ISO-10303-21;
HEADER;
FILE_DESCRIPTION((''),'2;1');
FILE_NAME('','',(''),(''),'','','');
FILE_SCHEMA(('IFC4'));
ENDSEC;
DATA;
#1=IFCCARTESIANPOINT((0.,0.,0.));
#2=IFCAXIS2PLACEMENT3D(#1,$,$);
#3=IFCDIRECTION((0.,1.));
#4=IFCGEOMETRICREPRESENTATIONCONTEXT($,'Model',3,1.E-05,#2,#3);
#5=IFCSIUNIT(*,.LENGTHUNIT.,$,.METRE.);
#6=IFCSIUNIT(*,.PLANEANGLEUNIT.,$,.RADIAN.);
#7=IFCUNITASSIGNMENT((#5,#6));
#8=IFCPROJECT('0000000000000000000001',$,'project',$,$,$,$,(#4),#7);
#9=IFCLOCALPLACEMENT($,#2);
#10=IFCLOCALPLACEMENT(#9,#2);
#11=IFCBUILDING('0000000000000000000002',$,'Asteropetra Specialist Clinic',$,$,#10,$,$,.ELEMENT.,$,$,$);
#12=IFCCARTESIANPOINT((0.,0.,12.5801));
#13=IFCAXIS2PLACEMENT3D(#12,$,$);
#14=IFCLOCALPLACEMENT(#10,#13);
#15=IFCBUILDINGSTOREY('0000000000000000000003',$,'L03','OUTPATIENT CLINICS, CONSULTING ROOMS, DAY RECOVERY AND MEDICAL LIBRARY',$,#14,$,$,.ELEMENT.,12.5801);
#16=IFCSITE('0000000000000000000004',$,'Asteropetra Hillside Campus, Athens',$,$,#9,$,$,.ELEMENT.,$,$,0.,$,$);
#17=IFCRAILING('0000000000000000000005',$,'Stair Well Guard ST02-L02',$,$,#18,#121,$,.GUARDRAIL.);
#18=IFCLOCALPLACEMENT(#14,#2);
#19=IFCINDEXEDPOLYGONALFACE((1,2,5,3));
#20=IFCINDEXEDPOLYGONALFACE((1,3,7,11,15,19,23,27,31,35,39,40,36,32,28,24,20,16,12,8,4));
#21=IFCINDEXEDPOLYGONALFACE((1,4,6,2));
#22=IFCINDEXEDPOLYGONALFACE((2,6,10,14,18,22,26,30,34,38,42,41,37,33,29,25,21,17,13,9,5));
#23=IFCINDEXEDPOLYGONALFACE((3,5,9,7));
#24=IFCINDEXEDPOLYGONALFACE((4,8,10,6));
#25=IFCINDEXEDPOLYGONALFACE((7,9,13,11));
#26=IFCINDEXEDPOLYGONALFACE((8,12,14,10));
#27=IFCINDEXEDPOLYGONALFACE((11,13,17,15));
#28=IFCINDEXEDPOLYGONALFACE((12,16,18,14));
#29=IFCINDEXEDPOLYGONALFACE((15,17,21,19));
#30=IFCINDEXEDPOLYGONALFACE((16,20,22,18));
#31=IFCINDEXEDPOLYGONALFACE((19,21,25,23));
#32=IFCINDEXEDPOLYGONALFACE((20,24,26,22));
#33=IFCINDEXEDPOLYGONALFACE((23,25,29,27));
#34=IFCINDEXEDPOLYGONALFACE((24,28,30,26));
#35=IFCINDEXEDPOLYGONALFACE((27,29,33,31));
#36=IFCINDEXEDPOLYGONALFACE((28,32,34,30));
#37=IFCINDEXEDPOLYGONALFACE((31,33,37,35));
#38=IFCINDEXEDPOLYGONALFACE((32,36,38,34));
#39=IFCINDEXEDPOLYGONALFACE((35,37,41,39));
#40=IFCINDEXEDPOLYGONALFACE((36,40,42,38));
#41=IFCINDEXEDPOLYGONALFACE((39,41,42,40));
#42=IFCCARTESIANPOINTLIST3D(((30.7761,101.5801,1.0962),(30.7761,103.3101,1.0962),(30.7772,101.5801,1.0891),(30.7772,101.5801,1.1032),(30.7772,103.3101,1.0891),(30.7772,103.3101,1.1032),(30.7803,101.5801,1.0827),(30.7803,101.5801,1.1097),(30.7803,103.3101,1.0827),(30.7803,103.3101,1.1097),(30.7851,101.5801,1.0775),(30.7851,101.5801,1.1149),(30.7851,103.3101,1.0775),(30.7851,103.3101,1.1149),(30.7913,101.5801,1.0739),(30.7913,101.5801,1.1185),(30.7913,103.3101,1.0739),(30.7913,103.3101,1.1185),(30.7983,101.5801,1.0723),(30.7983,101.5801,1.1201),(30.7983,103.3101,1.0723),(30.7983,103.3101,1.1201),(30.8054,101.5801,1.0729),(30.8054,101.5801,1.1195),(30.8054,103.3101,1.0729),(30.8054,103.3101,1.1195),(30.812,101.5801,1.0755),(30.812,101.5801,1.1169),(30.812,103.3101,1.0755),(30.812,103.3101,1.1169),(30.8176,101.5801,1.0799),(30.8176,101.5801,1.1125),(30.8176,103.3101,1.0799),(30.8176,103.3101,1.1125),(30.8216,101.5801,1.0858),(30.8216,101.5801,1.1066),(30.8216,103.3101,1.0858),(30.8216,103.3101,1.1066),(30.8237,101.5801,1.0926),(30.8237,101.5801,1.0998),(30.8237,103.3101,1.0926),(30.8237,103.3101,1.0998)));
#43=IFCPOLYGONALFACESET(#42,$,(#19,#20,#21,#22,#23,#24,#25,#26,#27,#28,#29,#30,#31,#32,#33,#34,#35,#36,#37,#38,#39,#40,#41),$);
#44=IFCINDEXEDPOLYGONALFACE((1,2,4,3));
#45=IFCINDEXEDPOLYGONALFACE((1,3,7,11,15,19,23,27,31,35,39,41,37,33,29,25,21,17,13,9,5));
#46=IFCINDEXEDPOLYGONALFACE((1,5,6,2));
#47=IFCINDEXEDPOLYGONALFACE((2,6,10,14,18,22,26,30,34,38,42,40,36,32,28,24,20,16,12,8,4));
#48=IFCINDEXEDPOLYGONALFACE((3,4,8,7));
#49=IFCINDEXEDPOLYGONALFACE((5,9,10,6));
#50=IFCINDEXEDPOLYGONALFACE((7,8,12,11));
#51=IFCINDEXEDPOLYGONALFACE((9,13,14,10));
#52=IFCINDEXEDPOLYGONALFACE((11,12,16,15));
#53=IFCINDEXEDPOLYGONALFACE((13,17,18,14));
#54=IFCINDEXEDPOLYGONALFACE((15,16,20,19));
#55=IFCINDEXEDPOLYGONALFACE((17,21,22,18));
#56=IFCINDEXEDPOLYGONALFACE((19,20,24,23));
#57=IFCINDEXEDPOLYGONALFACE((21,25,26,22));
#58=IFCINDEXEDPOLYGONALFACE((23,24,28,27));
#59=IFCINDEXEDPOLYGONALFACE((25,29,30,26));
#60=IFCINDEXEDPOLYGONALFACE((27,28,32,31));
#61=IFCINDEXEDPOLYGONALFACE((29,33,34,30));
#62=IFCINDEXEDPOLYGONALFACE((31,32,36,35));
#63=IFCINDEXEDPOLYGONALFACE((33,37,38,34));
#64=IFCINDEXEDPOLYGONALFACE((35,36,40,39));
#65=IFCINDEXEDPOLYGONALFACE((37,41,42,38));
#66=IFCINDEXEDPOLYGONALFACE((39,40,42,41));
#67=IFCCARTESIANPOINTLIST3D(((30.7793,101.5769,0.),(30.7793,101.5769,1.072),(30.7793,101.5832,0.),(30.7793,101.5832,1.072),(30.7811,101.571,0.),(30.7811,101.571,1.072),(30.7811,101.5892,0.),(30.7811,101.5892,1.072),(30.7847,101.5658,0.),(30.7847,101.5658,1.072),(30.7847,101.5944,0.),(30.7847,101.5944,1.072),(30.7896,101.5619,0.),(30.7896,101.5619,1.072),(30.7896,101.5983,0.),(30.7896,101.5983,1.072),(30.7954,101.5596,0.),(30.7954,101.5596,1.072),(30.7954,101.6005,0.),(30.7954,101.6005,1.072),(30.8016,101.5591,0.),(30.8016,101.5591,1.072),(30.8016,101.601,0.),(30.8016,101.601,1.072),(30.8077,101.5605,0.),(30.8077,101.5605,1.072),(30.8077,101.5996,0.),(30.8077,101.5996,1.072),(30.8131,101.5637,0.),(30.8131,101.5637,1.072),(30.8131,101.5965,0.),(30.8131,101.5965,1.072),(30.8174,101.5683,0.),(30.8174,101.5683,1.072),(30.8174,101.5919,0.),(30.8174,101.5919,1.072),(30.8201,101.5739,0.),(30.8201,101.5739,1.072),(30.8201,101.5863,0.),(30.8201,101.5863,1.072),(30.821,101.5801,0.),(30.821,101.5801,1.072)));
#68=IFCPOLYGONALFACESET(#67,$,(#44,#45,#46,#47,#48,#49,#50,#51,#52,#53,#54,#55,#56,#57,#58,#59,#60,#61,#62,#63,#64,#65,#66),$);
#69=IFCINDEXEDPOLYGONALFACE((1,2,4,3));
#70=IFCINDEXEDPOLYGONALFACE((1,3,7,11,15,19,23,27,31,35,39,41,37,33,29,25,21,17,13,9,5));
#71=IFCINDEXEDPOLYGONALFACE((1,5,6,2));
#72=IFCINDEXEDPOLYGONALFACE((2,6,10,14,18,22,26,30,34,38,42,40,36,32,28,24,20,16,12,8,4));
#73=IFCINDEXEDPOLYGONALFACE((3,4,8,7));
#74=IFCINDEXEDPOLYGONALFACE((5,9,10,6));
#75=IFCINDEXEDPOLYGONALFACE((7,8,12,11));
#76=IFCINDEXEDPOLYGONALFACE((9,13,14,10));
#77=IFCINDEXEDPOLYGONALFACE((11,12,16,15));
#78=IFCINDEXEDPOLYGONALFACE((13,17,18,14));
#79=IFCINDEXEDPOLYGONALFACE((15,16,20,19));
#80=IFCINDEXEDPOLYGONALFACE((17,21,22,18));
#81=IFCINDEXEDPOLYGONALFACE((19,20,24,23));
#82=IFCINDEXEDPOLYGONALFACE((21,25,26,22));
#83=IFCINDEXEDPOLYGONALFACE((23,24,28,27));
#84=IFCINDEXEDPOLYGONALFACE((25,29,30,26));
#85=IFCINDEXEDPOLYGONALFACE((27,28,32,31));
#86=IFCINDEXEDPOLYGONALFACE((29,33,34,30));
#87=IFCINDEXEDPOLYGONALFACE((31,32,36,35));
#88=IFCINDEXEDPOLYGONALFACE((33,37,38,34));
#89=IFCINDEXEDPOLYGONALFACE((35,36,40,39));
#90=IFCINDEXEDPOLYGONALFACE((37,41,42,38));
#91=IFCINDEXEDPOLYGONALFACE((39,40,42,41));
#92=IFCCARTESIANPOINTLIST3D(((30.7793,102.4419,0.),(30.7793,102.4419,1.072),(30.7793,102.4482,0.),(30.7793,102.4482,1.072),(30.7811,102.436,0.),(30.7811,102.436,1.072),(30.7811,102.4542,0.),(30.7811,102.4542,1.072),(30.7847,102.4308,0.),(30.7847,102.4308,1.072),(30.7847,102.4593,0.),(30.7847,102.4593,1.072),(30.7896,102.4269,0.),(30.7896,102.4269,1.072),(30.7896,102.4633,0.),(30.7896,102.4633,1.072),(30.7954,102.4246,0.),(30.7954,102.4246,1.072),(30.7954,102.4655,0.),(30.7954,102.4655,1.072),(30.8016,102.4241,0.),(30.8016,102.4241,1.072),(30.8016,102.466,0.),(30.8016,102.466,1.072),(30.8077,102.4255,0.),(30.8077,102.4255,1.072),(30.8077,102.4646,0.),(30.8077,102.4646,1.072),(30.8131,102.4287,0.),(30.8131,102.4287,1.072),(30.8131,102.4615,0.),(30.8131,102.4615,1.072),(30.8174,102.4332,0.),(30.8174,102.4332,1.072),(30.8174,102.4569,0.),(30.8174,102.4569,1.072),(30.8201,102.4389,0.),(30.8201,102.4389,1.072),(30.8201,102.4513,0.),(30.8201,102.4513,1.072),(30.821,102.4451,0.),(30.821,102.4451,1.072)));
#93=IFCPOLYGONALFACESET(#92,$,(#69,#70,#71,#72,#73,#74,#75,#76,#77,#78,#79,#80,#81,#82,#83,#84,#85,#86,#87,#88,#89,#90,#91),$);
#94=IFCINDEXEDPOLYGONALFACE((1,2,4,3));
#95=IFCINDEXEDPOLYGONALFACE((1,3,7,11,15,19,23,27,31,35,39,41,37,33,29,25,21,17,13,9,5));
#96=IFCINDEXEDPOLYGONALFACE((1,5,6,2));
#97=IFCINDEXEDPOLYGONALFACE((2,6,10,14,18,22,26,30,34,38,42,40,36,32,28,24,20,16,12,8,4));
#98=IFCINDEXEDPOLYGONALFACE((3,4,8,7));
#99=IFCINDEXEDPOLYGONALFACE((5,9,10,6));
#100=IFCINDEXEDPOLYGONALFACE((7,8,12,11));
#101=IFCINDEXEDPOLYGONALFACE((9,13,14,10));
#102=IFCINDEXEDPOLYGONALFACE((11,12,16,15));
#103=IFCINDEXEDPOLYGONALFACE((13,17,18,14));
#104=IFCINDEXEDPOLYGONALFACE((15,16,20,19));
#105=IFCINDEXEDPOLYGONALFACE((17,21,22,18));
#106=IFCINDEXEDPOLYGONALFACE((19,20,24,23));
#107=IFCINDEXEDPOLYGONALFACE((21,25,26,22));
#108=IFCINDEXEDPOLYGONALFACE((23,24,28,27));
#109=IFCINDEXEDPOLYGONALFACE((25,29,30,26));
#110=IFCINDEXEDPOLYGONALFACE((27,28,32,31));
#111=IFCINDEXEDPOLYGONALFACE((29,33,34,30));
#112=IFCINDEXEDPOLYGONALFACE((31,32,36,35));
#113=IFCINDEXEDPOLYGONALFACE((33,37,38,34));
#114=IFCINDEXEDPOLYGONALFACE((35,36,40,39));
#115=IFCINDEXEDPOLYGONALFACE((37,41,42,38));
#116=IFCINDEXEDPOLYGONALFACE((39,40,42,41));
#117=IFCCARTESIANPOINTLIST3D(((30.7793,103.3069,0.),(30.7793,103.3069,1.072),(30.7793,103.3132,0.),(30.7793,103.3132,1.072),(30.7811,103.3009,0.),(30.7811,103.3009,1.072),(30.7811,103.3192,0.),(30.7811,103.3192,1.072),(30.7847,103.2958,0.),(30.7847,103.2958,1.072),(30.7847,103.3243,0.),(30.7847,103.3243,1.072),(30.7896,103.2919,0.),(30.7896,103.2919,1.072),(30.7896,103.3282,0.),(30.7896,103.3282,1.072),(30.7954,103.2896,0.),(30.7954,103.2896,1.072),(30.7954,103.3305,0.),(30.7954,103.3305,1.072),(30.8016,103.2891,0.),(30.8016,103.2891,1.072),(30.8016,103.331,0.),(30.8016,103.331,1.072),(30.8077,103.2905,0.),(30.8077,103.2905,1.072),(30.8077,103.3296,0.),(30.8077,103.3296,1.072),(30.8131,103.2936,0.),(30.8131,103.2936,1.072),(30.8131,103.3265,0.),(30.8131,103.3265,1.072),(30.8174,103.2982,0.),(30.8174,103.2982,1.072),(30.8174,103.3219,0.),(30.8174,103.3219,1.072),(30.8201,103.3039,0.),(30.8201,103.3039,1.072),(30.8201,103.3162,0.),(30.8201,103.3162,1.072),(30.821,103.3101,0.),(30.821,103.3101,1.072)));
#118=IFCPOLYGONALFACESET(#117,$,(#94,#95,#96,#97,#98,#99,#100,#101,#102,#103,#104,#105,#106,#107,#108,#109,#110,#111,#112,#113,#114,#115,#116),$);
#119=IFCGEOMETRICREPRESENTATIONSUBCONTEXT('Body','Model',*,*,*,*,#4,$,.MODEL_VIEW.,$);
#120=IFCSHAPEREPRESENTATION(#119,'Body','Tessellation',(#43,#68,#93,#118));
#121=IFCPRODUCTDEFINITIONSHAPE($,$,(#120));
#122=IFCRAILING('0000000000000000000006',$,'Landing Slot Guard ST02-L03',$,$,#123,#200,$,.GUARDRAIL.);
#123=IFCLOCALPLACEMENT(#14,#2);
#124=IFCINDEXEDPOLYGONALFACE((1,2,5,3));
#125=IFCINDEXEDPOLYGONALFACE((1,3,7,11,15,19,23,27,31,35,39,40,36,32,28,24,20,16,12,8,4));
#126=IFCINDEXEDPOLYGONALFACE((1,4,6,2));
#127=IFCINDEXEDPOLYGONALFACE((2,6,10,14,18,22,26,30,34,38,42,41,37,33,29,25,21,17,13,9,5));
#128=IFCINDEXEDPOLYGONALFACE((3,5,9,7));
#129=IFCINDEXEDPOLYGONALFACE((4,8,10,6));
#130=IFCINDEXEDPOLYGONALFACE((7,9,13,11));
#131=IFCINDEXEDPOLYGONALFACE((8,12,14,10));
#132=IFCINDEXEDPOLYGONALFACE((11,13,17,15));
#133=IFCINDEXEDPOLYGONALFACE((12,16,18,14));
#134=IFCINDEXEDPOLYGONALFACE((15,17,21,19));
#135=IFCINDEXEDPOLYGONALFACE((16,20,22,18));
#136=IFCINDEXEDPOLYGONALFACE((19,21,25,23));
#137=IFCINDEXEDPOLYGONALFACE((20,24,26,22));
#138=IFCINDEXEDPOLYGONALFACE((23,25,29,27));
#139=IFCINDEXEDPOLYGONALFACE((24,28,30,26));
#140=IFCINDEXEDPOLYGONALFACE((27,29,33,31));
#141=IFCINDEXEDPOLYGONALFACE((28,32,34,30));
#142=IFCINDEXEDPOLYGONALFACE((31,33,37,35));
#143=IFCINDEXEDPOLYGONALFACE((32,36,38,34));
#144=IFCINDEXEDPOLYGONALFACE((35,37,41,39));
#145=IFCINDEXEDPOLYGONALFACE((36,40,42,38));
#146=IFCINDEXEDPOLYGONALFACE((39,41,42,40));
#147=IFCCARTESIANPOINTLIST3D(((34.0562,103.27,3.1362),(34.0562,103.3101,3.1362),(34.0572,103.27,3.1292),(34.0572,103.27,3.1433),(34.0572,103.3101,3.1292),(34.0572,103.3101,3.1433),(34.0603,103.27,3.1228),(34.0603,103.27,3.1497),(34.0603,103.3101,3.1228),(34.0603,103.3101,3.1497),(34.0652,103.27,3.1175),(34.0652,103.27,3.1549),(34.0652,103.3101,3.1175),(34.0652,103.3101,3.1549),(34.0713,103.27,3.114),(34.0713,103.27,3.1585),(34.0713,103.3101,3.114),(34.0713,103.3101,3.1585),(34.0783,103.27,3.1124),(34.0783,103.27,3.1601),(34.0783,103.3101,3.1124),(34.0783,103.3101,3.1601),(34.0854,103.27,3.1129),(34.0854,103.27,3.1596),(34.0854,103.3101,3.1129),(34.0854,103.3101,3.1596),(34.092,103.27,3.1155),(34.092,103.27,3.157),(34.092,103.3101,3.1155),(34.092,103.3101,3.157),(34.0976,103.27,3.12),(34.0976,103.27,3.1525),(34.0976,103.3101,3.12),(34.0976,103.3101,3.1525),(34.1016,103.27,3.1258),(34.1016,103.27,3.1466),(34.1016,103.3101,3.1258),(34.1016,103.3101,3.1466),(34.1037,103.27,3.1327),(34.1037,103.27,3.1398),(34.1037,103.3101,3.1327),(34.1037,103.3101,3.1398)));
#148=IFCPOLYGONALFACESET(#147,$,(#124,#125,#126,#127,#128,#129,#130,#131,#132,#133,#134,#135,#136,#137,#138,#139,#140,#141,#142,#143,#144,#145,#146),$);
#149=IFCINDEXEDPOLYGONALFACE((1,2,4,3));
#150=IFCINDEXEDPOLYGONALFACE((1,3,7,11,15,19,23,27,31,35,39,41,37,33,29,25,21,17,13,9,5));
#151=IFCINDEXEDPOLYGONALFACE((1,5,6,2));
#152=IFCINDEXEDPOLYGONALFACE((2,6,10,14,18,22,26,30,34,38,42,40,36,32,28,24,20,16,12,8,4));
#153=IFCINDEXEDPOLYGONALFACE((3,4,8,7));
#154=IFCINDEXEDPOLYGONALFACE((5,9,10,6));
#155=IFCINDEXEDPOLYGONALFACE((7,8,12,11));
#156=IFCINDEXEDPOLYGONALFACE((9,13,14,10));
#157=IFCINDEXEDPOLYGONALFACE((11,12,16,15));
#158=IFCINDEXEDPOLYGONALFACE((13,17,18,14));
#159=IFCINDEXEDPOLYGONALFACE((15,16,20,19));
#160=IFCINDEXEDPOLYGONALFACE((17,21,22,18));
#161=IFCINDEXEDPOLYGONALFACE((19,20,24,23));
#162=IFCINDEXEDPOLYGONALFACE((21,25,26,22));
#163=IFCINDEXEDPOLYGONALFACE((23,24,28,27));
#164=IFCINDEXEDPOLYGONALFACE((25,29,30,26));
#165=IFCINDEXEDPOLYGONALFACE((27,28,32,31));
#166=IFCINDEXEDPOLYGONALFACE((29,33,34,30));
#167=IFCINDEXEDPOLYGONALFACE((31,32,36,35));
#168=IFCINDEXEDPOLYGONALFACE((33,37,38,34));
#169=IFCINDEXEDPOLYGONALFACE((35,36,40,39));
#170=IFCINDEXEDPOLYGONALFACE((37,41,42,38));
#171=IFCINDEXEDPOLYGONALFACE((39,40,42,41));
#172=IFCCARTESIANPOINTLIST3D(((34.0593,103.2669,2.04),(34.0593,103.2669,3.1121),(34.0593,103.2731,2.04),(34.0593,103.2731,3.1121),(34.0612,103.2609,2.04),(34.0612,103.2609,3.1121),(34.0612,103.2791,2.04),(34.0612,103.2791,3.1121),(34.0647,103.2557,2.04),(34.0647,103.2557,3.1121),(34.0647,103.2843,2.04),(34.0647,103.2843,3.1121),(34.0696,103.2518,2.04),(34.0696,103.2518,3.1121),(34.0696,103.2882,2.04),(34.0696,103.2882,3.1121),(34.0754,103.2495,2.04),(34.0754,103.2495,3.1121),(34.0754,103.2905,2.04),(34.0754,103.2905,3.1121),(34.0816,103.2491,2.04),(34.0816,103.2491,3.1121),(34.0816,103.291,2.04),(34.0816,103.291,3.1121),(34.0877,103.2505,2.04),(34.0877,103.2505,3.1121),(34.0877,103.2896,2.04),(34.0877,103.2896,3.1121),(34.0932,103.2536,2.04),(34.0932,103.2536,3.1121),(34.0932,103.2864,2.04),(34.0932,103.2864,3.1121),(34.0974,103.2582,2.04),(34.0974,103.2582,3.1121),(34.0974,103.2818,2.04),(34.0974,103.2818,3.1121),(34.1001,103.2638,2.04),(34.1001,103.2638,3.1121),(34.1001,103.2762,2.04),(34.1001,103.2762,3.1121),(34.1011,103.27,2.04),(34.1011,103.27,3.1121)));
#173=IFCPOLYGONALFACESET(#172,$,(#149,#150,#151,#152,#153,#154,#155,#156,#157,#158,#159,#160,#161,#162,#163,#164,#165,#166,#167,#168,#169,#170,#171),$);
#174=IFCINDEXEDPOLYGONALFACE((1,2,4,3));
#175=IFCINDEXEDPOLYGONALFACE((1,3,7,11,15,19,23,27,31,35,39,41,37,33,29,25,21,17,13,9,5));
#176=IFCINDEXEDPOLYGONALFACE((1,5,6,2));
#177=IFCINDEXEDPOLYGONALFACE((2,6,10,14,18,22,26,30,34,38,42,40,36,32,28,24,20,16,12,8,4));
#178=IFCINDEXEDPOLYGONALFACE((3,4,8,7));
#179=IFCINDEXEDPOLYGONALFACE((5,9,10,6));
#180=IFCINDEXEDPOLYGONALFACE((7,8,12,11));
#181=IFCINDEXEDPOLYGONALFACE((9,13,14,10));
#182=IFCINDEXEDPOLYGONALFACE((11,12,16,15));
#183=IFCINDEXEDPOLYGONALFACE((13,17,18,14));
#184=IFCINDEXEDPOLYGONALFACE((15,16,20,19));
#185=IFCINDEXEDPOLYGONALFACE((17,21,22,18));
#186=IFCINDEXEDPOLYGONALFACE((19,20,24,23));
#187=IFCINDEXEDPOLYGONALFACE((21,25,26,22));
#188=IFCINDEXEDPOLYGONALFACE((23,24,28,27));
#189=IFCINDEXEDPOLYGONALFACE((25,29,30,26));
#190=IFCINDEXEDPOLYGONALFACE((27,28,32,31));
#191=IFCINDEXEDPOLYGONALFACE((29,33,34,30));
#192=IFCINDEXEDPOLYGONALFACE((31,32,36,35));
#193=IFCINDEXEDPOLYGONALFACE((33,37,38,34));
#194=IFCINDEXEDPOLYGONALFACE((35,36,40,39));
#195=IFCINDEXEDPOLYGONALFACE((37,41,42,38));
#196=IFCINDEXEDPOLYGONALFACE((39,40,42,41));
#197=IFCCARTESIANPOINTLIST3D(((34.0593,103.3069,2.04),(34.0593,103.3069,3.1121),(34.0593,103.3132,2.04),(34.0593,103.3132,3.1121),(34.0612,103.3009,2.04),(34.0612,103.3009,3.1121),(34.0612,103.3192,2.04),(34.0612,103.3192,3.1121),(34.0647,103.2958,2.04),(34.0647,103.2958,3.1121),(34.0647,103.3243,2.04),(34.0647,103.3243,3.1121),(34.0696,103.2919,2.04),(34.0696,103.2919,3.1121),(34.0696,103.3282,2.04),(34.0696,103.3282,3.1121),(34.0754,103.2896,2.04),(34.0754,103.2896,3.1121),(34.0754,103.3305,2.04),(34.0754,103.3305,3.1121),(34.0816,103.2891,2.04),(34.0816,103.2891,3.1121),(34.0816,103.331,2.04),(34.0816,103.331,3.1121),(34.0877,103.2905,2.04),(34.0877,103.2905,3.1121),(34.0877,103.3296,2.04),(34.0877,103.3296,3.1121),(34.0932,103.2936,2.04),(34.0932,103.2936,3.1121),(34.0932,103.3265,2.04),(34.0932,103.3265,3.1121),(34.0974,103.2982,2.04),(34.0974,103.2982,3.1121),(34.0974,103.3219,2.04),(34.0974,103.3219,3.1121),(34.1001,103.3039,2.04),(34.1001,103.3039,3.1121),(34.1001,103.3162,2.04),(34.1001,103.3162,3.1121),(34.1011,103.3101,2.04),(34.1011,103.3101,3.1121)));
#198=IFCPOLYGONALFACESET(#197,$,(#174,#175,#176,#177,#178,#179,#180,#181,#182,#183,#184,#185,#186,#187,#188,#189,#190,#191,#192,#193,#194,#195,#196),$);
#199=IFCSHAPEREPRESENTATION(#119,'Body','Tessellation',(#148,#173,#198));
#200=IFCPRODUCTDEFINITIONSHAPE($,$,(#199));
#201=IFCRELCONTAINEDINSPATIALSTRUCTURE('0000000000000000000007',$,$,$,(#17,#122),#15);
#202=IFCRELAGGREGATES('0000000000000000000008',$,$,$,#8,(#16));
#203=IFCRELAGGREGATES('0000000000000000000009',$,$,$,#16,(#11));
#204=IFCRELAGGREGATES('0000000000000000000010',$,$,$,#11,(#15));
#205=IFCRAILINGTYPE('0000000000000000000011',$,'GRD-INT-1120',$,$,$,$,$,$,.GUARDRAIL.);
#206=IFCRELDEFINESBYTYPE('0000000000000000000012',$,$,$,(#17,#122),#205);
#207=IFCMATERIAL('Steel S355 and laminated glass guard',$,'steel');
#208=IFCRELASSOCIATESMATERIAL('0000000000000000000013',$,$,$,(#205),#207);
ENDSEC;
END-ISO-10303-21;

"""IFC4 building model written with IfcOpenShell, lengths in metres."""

from ifc_helpers import new_model, si_unit, direction, frame, origin, origin_2d, place, context, subcontext, project, spatial, circle, extrude, material, type_object, element, save


model = new_model("IFC4")

# Units and contexts
model_context = context("Model", 3, precision=1e-05, world=origin(), true_north=direction((0.0, 1.0)))
body_context = subcontext(model_context, "Body", "Model", "MODEL_VIEW")
ifc_project = project(units=[si_unit("LENGTHUNIT", "METRE"), si_unit("PLANEANGLEUNIT", "RADIAN")], contexts=[model_context])

# Site, building, storey
site_placement = place(None, origin())
site = spatial("IfcSite", under=ifc_project, at=site_placement, Name="Asteropetra Hillside Campus, Athens", CompositionType="ELEMENT", RefElevation=0.0)
building_placement = place(site_placement, origin())
building = spatial("IfcBuilding", under=site, at=building_placement, Name="Asteropetra Specialist Clinic", CompositionType="ELEMENT")
storey_placement = place(building_placement, frame((0.0, 0.0, 12.5801)))
storey = spatial("IfcBuildingStorey", under=building, at=storey_placement, Name="L03", Description="OUTPATIENT CLINICS, CONSULTING ROOMS, DAY RECOVERY AND MEDICAL LIBRARY", CompositionType="ELEMENT", Elevation=12.5801)

# Railings
ifc_material_1 = material(Name="Steel S355 and laminated glass guard", Category="steel")
railing_type_1 = type_object("IfcRailingType", Name="GRD-INT-1120", PredefinedType="GUARDRAIL", material=ifc_material_1)
railing_1_placement = place(storey_placement, frame((30.8, 101.5801, 0.0)))
element("IfcRailing", 1, at=railing_1_placement, inside=storey, type_object=railing_type_1, Name="Stair Well Guard ST02-L02", PredefinedType="GUARDRAIL", context=body_context, shape_type="SweptSolid", body=[
    extrude(circle(Radius=0.0239, at=origin_2d()), frame((0.0, 0.0, 1.0962), z_axis=(0.0, 1.0, 0.0), x_axis=(-1.0, 0.0, 0.0)), (0.0, 0.0, 1.0), 1.73),
    extrude(circle(Radius=0.021, at=origin_2d()), origin(), (0.0, 0.0, 1.0), 1.072),
    extrude(circle(Radius=0.021, at=origin_2d()), frame((0.0, 0.865, 0.0)), (0.0, 0.0, 1.0), 1.072),
    extrude(circle(Radius=0.021, at=origin_2d()), frame((0.0, 1.73, 0.0)), (0.0, 0.0, 1.0), 1.072),
])
railing_2_placement = place(storey_placement, frame((34.0801, 103.27, 2.04)))
element("IfcRailing", 2, at=railing_2_placement, inside=storey, type_object=railing_type_1, Name="Landing Slot Guard ST02-L03", PredefinedType="GUARDRAIL", context=body_context, shape_type="SweptSolid", body=[
    extrude(circle(Radius=0.0239, at=origin_2d()), frame((0.0, 0.0, 1.0962), z_axis=(0.0, 1.0, 0.0), x_axis=(-1.0, 0.0, 0.0)), (0.0, 0.0, 1.0), 0.04),
    extrude(circle(Radius=0.021, at=origin_2d()), origin(), (0.0, 0.0, 1.0), 1.072),
    extrude(circle(Radius=0.021, at=origin_2d()), frame((0.0, 0.04, 0.0)), (0.0, 0.0, 1.0), 1.072),
])

save(model, "model.ifc")
